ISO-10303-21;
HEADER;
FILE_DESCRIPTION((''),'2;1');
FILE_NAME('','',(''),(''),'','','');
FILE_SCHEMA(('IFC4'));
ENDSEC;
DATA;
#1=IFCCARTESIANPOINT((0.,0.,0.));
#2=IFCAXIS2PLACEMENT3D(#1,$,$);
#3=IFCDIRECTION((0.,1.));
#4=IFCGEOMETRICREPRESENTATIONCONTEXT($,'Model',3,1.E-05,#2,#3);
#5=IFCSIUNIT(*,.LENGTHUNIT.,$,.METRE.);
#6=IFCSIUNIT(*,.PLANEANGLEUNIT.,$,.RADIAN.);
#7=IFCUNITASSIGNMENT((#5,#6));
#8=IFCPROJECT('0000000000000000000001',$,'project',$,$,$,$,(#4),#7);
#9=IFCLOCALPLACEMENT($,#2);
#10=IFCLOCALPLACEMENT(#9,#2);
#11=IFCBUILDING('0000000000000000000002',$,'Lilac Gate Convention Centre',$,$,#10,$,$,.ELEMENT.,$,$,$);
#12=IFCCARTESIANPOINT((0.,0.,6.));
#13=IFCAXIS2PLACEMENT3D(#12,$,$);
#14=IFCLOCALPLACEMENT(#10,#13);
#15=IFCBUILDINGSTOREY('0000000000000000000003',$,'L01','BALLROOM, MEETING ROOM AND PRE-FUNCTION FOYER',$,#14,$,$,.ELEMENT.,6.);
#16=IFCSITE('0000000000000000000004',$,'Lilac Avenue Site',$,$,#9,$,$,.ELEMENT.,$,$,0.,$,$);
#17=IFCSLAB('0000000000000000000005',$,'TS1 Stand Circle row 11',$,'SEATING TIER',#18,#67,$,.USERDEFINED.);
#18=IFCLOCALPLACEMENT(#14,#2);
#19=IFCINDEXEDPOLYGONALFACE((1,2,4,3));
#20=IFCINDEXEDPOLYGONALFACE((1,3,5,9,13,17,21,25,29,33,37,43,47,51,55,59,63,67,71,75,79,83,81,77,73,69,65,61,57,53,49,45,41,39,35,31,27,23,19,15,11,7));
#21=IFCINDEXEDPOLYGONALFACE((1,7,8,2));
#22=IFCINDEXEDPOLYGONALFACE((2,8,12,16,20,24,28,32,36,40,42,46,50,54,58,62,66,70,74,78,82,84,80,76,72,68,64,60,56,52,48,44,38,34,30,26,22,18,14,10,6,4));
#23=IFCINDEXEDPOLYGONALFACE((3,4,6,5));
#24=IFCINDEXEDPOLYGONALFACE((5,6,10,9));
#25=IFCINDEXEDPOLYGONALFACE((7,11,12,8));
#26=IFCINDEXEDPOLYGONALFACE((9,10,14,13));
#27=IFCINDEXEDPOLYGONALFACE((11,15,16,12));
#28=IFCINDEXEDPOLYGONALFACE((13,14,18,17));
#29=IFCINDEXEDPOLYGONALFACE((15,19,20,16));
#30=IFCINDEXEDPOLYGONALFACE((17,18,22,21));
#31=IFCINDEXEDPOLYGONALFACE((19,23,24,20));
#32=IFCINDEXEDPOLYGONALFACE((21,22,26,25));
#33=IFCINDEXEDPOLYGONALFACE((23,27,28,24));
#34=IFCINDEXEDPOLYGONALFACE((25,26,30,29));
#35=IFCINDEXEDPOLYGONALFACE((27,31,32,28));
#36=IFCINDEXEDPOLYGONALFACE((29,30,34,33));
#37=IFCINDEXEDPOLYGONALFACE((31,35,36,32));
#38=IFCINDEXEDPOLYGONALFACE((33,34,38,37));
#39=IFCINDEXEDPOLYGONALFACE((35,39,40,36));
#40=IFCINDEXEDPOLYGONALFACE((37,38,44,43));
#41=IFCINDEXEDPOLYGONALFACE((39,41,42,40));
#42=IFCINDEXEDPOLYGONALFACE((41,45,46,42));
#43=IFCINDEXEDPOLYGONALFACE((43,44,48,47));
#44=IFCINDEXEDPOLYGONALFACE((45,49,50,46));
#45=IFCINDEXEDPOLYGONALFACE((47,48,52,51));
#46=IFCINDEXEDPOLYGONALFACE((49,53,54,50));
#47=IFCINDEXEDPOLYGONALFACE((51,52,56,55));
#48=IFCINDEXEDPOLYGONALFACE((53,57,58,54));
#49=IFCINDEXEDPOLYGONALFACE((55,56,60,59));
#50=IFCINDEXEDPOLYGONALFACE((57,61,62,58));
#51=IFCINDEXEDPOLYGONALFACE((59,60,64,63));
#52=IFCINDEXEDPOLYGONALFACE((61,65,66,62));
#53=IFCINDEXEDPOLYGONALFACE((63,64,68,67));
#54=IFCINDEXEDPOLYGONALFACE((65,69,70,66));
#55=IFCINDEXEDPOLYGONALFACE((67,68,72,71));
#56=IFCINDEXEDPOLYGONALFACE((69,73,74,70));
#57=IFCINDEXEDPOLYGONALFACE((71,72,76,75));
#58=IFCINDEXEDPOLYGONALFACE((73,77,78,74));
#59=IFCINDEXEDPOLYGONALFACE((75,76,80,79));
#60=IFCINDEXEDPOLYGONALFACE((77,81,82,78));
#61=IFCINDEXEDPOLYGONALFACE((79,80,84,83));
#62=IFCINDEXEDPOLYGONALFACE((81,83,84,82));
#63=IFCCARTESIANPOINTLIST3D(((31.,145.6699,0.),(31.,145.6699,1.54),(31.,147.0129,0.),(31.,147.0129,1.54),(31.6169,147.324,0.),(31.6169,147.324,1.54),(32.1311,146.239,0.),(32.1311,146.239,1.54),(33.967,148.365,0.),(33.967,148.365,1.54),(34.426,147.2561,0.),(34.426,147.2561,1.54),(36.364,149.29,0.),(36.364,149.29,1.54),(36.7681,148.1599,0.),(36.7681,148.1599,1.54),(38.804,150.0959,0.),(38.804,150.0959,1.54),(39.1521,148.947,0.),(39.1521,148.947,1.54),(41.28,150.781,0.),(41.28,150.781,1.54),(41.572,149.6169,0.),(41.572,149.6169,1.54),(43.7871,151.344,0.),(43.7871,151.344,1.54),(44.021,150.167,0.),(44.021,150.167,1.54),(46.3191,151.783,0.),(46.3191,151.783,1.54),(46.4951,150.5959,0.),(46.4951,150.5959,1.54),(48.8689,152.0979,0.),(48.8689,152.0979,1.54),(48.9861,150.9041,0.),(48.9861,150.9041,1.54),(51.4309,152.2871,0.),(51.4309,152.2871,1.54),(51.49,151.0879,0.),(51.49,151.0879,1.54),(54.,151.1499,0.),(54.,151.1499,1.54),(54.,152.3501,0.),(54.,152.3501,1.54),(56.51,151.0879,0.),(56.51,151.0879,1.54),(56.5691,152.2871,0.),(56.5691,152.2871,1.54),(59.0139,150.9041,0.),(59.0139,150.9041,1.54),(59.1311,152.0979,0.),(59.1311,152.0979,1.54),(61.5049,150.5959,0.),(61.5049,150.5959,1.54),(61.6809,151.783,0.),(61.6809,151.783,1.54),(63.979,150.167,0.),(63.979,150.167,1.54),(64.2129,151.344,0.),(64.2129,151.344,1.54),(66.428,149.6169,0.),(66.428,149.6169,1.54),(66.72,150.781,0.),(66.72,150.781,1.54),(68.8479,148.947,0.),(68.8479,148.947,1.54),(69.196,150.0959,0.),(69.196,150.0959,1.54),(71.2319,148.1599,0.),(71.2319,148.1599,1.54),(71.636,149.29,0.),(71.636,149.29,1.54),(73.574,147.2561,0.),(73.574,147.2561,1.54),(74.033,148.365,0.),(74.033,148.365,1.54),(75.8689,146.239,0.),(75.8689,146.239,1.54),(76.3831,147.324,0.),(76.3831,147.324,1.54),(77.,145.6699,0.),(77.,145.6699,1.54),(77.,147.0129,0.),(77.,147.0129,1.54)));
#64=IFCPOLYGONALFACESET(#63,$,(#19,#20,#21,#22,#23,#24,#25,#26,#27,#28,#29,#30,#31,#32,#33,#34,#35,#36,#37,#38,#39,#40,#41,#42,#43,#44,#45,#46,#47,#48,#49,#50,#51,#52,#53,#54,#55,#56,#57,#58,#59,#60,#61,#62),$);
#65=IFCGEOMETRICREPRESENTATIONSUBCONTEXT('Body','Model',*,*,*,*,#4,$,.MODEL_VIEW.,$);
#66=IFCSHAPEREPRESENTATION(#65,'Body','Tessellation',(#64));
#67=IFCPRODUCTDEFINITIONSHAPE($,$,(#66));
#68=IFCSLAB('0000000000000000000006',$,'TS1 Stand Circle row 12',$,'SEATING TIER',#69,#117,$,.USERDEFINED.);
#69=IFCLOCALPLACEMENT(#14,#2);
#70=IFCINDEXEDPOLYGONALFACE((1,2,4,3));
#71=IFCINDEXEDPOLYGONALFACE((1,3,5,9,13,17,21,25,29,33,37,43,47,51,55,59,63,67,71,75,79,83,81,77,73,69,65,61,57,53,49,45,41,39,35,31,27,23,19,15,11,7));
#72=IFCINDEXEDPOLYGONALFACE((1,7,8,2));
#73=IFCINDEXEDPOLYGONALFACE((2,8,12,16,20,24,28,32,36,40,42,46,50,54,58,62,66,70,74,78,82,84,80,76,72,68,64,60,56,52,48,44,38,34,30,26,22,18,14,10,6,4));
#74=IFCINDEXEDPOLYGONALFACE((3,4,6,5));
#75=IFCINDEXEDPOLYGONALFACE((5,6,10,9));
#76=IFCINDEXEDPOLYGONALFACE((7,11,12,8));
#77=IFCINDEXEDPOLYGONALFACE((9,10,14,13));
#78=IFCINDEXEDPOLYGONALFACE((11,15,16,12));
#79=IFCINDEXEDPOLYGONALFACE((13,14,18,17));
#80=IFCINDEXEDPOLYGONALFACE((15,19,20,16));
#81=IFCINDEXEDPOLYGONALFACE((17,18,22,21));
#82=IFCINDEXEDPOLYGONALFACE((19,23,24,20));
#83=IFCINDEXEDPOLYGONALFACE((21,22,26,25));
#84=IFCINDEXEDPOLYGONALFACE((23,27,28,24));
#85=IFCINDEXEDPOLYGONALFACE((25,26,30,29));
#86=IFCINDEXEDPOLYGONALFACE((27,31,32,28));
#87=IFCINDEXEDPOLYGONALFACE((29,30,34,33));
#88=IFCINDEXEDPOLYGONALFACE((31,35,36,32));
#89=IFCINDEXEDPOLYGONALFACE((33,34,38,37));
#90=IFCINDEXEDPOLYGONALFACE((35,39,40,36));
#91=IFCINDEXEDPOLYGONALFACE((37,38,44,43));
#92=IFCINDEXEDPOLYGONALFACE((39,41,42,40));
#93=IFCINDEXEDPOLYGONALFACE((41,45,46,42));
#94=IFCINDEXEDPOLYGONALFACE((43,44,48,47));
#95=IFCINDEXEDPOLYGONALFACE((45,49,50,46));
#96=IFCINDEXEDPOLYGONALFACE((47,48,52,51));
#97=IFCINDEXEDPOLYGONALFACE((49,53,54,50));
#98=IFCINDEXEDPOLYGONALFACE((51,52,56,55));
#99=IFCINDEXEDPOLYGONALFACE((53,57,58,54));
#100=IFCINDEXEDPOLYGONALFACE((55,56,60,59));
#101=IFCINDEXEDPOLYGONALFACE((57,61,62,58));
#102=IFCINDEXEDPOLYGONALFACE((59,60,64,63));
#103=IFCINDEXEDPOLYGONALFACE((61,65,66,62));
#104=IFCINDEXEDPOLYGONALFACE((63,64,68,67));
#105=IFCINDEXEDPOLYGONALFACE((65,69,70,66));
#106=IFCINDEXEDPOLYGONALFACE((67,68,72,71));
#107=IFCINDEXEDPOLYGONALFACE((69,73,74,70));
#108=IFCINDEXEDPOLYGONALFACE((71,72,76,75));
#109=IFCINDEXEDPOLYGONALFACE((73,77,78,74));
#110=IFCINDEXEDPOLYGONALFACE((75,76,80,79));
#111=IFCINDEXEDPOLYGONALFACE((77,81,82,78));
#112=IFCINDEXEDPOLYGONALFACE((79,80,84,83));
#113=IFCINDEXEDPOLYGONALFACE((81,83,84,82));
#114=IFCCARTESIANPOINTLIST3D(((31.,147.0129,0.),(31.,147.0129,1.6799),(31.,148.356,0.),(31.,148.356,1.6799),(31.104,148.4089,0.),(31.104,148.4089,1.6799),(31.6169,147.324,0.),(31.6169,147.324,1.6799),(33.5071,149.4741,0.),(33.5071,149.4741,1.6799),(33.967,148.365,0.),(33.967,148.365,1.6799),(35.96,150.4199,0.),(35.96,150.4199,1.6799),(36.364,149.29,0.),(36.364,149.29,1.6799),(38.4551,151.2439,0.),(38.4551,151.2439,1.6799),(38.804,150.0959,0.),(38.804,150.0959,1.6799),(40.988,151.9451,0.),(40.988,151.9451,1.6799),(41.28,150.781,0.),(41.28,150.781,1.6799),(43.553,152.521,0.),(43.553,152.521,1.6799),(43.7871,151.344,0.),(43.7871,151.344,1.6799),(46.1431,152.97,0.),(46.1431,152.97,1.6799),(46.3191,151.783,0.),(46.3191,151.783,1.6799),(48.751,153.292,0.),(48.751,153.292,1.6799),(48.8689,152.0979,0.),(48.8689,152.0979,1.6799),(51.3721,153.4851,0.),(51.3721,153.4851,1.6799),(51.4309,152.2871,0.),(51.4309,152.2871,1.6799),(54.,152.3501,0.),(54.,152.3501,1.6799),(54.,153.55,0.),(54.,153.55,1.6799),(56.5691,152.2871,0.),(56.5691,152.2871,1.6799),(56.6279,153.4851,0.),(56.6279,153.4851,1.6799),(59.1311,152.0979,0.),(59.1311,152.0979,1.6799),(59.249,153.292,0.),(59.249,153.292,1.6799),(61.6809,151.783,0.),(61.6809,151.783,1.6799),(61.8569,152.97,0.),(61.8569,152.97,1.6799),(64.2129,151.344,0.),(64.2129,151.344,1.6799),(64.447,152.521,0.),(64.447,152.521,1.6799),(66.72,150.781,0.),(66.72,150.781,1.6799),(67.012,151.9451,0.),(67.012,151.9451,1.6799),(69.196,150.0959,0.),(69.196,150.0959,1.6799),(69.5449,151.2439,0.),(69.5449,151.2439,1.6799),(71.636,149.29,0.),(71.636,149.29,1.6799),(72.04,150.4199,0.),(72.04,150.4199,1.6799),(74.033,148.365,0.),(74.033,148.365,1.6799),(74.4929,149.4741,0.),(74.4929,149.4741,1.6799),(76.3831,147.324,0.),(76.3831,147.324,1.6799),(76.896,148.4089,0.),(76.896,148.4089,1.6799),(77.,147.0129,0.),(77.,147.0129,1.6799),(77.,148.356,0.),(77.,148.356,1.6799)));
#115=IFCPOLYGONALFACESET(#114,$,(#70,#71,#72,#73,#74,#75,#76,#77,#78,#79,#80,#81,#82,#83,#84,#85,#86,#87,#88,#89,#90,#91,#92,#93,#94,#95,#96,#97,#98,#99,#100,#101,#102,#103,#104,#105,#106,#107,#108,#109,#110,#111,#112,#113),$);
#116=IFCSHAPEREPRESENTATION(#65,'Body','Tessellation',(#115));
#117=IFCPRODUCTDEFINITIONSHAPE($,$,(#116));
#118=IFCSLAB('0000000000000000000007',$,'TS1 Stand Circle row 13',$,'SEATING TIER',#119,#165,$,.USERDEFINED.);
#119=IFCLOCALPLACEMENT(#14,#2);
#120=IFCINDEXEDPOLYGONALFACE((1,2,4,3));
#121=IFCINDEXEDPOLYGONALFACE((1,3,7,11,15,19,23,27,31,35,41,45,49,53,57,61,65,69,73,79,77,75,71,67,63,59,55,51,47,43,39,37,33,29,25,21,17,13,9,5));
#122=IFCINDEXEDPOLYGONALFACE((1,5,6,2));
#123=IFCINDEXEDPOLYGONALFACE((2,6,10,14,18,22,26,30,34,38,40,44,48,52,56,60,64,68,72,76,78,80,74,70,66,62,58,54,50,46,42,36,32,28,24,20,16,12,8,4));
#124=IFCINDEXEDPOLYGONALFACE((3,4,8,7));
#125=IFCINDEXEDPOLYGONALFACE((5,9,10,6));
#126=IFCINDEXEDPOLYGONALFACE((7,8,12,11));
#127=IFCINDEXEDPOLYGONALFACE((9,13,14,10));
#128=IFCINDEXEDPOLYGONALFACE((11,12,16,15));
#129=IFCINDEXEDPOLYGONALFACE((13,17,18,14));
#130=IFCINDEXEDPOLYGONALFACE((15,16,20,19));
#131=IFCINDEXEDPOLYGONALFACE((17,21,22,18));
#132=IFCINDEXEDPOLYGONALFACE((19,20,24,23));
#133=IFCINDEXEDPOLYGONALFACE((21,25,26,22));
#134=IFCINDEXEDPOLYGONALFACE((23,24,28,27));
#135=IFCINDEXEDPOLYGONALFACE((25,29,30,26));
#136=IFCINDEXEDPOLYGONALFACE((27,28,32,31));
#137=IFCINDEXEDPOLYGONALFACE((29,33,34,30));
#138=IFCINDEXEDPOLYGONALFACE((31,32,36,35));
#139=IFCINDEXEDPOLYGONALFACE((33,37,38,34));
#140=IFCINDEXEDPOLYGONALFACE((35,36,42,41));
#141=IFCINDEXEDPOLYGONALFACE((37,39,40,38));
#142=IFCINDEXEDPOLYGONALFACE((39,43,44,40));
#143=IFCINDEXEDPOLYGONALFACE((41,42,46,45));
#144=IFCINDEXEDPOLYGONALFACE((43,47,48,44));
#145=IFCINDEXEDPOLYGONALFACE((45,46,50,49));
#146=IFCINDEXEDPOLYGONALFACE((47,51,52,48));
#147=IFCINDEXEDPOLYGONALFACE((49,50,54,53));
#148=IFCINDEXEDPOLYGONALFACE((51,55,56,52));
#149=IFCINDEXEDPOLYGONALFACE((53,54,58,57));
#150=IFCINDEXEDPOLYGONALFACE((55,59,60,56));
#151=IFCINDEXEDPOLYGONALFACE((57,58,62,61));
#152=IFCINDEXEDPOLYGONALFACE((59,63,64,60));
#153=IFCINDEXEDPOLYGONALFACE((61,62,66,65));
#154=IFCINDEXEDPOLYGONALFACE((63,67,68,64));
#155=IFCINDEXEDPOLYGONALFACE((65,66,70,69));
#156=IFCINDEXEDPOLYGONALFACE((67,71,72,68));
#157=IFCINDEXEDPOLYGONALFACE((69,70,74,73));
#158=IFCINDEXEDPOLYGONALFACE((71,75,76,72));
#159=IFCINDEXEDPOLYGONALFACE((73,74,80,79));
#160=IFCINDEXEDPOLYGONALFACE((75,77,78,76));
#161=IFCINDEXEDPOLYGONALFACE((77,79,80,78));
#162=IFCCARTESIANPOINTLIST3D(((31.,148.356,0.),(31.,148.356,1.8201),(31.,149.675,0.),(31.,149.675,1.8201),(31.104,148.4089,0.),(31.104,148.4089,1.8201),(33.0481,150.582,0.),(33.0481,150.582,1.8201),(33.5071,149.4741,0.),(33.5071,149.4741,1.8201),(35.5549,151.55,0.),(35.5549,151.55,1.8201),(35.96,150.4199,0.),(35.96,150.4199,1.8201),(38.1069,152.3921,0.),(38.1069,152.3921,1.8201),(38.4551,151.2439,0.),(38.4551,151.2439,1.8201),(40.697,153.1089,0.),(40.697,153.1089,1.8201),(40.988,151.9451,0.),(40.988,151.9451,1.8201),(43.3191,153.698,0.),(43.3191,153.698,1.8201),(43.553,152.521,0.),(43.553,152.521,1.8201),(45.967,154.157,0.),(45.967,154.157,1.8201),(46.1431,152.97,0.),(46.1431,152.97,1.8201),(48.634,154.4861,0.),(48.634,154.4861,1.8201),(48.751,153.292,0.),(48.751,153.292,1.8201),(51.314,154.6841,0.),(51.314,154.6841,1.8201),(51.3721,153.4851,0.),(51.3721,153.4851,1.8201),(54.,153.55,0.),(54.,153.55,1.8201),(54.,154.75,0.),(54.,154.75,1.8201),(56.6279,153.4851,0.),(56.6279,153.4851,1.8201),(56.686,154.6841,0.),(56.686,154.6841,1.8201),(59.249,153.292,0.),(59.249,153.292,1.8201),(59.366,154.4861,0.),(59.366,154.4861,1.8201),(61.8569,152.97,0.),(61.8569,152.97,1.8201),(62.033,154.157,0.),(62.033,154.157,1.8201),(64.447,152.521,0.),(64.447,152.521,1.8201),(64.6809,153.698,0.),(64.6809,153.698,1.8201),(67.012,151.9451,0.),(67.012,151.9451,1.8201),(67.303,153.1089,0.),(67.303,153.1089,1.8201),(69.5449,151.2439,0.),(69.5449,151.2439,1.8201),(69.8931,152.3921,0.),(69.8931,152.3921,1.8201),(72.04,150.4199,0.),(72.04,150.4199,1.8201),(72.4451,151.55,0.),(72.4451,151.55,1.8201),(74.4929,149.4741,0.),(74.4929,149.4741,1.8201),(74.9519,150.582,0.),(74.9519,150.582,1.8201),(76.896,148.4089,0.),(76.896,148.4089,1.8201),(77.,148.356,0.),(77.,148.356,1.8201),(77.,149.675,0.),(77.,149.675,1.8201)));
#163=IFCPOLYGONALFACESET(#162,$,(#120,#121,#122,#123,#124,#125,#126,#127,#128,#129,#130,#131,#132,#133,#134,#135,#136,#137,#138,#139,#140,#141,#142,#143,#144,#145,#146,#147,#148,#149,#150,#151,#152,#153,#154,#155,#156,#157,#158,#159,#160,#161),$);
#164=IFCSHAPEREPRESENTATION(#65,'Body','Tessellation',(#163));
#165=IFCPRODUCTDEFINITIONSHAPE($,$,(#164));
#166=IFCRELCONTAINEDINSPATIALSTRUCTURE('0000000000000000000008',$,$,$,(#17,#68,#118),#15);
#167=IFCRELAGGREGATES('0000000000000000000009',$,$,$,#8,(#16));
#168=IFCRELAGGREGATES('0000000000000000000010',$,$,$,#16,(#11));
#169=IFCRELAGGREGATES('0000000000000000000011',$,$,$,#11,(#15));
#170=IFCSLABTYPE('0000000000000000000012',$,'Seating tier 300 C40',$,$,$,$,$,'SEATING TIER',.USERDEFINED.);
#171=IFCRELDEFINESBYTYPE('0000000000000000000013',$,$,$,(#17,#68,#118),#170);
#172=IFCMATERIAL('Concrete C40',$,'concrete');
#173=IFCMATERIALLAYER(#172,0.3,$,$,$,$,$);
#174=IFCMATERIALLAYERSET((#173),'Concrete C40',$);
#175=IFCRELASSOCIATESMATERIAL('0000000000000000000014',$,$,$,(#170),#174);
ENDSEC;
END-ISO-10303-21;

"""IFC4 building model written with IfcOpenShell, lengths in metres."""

from ifc_helpers import new_model, si_unit, direction, frame, origin, place, context, subcontext, project, spatial, polyline, outline, extrude, material, layer, layer_set, type_object, element, save


model = new_model("IFC4")

# Units and contexts
model_context = context("Model", 3, precision=1e-05, world=origin(), true_north=direction((0.0, 1.0)))
body_context = subcontext(model_context, "Body", "Model", "MODEL_VIEW")
ifc_project = project(units=[si_unit("LENGTHUNIT", "METRE"), si_unit("PLANEANGLEUNIT", "RADIAN")], contexts=[model_context])

# Site, building, storey
site_placement = place(None, origin())
site = spatial("IfcSite", under=ifc_project, at=site_placement, Name="Lilac Avenue Site", CompositionType="ELEMENT", RefElevation=0.0)
building_placement = place(site_placement, origin())
building = spatial("IfcBuilding", under=site, at=building_placement, Name="Lilac Gate Convention Centre", CompositionType="ELEMENT")
storey_placement = place(building_placement, frame((0.0, 0.0, 6.0)))
storey = spatial("IfcBuildingStorey", under=building, at=storey_placement, Name="L01", Description="BALLROOM, MEETING ROOM AND PRE-FUNCTION FOYER", CompositionType="ELEMENT", Elevation=6.0)

# Shared definitions
ifc_material = material(Name="Concrete C40", Category="concrete")

# Slabs
ifc_layer_1 = layer(ifc_material, 0.3)
ifc_layer_set_1 = layer_set([ifc_layer_1], Name="Concrete C40")
slab_type_1 = type_object("IfcSlabType", Name="Seating tier 300 C40", ElementType="SEATING TIER", PredefinedType="USERDEFINED", material=ifc_layer_set_1)
slab_1_placement = place(storey_placement, origin())
element("IfcSlab", 1, at=slab_1_placement, inside=storey, type_object=slab_type_1, Name="TS1 Stand Circle row 11", ObjectType="SEATING TIER", PredefinedType="USERDEFINED", context=body_context, shape_type="SweptSolid", body=[
    extrude(outline(polyline([(31.6169, 147.324), (33.967, 148.365), (36.364, 149.29), (38.804, 150.0959), (41.28, 150.781), (43.7871, 151.344), (46.3191, 151.783), (48.8689, 152.0979), (51.4309, 152.2871), (54.0, 152.3501), (56.5691, 152.2871), (59.1311, 152.0979), (61.6809, 151.783), (64.2129, 151.344), (66.72, 150.781), (69.196, 150.0959), (71.636, 149.29), (74.033, 148.365), (76.3831, 147.324), (77.0, 147.0129), (77.0, 145.6699), (75.8689, 146.239), (73.574, 147.2561), (71.2319, 148.1599), (68.8479, 148.947), (66.428, 149.6169), (63.979, 150.167), (61.5049, 150.5959), (59.0139, 150.9041), (56.51, 151.0879), (54.0, 151.1499), (51.49, 151.0879), (48.9861, 150.9041), (46.4951, 150.5959), (44.021, 150.167), (41.572, 149.6169), (39.1521, 148.947), (36.7681, 148.1599), (34.426, 147.2561), (32.1311, 146.239), (31.0, 145.6699), (31.0, 147.0129), (31.6169, 147.324)])), origin(), (0.0, 0.0, 1.0), 1.54),
])
slab_2_placement = place(storey_placement, origin())
element("IfcSlab", 2, at=slab_2_placement, inside=storey, type_object=slab_type_1, Name="TS1 Stand Circle row 12", ObjectType="SEATING TIER", PredefinedType="USERDEFINED", context=body_context, shape_type="SweptSolid", body=[
    extrude(outline(polyline([(31.104, 148.4089), (33.5071, 149.4741), (35.96, 150.4199), (38.4551, 151.2439), (40.988, 151.9451), (43.553, 152.521), (46.1431, 152.97), (48.751, 153.292), (51.3721, 153.4851), (54.0, 153.55), (56.6279, 153.4851), (59.249, 153.292), (61.8569, 152.97), (64.447, 152.521), (67.012, 151.9451), (69.5449, 151.2439), (72.04, 150.4199), (74.4929, 149.4741), (76.896, 148.4089), (77.0, 148.356), (77.0, 147.0129), (76.3831, 147.324), (74.033, 148.365), (71.636, 149.29), (69.196, 150.0959), (66.72, 150.781), (64.2129, 151.344), (61.6809, 151.783), (59.1311, 152.0979), (56.5691, 152.2871), (54.0, 152.3501), (51.4309, 152.2871), (48.8689, 152.0979), (46.3191, 151.783), (43.7871, 151.344), (41.28, 150.781), (38.804, 150.0959), (36.364, 149.29), (33.967, 148.365), (31.6169, 147.324), (31.0, 147.0129), (31.0, 148.356), (31.104, 148.4089)])), origin(), (0.0, 0.0, 1.0), 1.6799),
])
slab_3_placement = place(storey_placement, origin())
element("IfcSlab", 3, at=slab_3_placement, inside=storey, type_object=slab_type_1, Name="TS1 Stand Circle row 13", ObjectType="SEATING TIER", PredefinedType="USERDEFINED", context=body_context, shape_type="SweptSolid", body=[
    extrude(outline(polyline([(33.0481, 150.582), (35.5549, 151.55), (38.1069, 152.3921), (40.697, 153.1089), (43.3191, 153.698), (45.967, 154.157), (48.634, 154.4861), (51.314, 154.6841), (54.0, 154.75), (56.686, 154.6841), (59.366, 154.4861), (62.033, 154.157), (64.6809, 153.698), (67.303, 153.1089), (69.8931, 152.3921), (72.4451, 151.55), (74.9519, 150.582), (77.0, 149.675), (77.0, 148.356), (76.896, 148.4089), (74.4929, 149.4741), (72.04, 150.4199), (69.5449, 151.2439), (67.012, 151.9451), (64.447, 152.521), (61.8569, 152.97), (59.249, 153.292), (56.6279, 153.4851), (54.0, 153.55), (51.3721, 153.4851), (48.751, 153.292), (46.1431, 152.97), (43.553, 152.521), (40.988, 151.9451), (38.4551, 151.2439), (35.96, 150.4199), (33.5071, 149.4741), (31.104, 148.4089), (31.0, 148.356), (31.0, 149.675), (33.0481, 150.582)])), origin(), (0.0, 0.0, 1.0), 1.8201),
])

save(model, "model.ifc")
